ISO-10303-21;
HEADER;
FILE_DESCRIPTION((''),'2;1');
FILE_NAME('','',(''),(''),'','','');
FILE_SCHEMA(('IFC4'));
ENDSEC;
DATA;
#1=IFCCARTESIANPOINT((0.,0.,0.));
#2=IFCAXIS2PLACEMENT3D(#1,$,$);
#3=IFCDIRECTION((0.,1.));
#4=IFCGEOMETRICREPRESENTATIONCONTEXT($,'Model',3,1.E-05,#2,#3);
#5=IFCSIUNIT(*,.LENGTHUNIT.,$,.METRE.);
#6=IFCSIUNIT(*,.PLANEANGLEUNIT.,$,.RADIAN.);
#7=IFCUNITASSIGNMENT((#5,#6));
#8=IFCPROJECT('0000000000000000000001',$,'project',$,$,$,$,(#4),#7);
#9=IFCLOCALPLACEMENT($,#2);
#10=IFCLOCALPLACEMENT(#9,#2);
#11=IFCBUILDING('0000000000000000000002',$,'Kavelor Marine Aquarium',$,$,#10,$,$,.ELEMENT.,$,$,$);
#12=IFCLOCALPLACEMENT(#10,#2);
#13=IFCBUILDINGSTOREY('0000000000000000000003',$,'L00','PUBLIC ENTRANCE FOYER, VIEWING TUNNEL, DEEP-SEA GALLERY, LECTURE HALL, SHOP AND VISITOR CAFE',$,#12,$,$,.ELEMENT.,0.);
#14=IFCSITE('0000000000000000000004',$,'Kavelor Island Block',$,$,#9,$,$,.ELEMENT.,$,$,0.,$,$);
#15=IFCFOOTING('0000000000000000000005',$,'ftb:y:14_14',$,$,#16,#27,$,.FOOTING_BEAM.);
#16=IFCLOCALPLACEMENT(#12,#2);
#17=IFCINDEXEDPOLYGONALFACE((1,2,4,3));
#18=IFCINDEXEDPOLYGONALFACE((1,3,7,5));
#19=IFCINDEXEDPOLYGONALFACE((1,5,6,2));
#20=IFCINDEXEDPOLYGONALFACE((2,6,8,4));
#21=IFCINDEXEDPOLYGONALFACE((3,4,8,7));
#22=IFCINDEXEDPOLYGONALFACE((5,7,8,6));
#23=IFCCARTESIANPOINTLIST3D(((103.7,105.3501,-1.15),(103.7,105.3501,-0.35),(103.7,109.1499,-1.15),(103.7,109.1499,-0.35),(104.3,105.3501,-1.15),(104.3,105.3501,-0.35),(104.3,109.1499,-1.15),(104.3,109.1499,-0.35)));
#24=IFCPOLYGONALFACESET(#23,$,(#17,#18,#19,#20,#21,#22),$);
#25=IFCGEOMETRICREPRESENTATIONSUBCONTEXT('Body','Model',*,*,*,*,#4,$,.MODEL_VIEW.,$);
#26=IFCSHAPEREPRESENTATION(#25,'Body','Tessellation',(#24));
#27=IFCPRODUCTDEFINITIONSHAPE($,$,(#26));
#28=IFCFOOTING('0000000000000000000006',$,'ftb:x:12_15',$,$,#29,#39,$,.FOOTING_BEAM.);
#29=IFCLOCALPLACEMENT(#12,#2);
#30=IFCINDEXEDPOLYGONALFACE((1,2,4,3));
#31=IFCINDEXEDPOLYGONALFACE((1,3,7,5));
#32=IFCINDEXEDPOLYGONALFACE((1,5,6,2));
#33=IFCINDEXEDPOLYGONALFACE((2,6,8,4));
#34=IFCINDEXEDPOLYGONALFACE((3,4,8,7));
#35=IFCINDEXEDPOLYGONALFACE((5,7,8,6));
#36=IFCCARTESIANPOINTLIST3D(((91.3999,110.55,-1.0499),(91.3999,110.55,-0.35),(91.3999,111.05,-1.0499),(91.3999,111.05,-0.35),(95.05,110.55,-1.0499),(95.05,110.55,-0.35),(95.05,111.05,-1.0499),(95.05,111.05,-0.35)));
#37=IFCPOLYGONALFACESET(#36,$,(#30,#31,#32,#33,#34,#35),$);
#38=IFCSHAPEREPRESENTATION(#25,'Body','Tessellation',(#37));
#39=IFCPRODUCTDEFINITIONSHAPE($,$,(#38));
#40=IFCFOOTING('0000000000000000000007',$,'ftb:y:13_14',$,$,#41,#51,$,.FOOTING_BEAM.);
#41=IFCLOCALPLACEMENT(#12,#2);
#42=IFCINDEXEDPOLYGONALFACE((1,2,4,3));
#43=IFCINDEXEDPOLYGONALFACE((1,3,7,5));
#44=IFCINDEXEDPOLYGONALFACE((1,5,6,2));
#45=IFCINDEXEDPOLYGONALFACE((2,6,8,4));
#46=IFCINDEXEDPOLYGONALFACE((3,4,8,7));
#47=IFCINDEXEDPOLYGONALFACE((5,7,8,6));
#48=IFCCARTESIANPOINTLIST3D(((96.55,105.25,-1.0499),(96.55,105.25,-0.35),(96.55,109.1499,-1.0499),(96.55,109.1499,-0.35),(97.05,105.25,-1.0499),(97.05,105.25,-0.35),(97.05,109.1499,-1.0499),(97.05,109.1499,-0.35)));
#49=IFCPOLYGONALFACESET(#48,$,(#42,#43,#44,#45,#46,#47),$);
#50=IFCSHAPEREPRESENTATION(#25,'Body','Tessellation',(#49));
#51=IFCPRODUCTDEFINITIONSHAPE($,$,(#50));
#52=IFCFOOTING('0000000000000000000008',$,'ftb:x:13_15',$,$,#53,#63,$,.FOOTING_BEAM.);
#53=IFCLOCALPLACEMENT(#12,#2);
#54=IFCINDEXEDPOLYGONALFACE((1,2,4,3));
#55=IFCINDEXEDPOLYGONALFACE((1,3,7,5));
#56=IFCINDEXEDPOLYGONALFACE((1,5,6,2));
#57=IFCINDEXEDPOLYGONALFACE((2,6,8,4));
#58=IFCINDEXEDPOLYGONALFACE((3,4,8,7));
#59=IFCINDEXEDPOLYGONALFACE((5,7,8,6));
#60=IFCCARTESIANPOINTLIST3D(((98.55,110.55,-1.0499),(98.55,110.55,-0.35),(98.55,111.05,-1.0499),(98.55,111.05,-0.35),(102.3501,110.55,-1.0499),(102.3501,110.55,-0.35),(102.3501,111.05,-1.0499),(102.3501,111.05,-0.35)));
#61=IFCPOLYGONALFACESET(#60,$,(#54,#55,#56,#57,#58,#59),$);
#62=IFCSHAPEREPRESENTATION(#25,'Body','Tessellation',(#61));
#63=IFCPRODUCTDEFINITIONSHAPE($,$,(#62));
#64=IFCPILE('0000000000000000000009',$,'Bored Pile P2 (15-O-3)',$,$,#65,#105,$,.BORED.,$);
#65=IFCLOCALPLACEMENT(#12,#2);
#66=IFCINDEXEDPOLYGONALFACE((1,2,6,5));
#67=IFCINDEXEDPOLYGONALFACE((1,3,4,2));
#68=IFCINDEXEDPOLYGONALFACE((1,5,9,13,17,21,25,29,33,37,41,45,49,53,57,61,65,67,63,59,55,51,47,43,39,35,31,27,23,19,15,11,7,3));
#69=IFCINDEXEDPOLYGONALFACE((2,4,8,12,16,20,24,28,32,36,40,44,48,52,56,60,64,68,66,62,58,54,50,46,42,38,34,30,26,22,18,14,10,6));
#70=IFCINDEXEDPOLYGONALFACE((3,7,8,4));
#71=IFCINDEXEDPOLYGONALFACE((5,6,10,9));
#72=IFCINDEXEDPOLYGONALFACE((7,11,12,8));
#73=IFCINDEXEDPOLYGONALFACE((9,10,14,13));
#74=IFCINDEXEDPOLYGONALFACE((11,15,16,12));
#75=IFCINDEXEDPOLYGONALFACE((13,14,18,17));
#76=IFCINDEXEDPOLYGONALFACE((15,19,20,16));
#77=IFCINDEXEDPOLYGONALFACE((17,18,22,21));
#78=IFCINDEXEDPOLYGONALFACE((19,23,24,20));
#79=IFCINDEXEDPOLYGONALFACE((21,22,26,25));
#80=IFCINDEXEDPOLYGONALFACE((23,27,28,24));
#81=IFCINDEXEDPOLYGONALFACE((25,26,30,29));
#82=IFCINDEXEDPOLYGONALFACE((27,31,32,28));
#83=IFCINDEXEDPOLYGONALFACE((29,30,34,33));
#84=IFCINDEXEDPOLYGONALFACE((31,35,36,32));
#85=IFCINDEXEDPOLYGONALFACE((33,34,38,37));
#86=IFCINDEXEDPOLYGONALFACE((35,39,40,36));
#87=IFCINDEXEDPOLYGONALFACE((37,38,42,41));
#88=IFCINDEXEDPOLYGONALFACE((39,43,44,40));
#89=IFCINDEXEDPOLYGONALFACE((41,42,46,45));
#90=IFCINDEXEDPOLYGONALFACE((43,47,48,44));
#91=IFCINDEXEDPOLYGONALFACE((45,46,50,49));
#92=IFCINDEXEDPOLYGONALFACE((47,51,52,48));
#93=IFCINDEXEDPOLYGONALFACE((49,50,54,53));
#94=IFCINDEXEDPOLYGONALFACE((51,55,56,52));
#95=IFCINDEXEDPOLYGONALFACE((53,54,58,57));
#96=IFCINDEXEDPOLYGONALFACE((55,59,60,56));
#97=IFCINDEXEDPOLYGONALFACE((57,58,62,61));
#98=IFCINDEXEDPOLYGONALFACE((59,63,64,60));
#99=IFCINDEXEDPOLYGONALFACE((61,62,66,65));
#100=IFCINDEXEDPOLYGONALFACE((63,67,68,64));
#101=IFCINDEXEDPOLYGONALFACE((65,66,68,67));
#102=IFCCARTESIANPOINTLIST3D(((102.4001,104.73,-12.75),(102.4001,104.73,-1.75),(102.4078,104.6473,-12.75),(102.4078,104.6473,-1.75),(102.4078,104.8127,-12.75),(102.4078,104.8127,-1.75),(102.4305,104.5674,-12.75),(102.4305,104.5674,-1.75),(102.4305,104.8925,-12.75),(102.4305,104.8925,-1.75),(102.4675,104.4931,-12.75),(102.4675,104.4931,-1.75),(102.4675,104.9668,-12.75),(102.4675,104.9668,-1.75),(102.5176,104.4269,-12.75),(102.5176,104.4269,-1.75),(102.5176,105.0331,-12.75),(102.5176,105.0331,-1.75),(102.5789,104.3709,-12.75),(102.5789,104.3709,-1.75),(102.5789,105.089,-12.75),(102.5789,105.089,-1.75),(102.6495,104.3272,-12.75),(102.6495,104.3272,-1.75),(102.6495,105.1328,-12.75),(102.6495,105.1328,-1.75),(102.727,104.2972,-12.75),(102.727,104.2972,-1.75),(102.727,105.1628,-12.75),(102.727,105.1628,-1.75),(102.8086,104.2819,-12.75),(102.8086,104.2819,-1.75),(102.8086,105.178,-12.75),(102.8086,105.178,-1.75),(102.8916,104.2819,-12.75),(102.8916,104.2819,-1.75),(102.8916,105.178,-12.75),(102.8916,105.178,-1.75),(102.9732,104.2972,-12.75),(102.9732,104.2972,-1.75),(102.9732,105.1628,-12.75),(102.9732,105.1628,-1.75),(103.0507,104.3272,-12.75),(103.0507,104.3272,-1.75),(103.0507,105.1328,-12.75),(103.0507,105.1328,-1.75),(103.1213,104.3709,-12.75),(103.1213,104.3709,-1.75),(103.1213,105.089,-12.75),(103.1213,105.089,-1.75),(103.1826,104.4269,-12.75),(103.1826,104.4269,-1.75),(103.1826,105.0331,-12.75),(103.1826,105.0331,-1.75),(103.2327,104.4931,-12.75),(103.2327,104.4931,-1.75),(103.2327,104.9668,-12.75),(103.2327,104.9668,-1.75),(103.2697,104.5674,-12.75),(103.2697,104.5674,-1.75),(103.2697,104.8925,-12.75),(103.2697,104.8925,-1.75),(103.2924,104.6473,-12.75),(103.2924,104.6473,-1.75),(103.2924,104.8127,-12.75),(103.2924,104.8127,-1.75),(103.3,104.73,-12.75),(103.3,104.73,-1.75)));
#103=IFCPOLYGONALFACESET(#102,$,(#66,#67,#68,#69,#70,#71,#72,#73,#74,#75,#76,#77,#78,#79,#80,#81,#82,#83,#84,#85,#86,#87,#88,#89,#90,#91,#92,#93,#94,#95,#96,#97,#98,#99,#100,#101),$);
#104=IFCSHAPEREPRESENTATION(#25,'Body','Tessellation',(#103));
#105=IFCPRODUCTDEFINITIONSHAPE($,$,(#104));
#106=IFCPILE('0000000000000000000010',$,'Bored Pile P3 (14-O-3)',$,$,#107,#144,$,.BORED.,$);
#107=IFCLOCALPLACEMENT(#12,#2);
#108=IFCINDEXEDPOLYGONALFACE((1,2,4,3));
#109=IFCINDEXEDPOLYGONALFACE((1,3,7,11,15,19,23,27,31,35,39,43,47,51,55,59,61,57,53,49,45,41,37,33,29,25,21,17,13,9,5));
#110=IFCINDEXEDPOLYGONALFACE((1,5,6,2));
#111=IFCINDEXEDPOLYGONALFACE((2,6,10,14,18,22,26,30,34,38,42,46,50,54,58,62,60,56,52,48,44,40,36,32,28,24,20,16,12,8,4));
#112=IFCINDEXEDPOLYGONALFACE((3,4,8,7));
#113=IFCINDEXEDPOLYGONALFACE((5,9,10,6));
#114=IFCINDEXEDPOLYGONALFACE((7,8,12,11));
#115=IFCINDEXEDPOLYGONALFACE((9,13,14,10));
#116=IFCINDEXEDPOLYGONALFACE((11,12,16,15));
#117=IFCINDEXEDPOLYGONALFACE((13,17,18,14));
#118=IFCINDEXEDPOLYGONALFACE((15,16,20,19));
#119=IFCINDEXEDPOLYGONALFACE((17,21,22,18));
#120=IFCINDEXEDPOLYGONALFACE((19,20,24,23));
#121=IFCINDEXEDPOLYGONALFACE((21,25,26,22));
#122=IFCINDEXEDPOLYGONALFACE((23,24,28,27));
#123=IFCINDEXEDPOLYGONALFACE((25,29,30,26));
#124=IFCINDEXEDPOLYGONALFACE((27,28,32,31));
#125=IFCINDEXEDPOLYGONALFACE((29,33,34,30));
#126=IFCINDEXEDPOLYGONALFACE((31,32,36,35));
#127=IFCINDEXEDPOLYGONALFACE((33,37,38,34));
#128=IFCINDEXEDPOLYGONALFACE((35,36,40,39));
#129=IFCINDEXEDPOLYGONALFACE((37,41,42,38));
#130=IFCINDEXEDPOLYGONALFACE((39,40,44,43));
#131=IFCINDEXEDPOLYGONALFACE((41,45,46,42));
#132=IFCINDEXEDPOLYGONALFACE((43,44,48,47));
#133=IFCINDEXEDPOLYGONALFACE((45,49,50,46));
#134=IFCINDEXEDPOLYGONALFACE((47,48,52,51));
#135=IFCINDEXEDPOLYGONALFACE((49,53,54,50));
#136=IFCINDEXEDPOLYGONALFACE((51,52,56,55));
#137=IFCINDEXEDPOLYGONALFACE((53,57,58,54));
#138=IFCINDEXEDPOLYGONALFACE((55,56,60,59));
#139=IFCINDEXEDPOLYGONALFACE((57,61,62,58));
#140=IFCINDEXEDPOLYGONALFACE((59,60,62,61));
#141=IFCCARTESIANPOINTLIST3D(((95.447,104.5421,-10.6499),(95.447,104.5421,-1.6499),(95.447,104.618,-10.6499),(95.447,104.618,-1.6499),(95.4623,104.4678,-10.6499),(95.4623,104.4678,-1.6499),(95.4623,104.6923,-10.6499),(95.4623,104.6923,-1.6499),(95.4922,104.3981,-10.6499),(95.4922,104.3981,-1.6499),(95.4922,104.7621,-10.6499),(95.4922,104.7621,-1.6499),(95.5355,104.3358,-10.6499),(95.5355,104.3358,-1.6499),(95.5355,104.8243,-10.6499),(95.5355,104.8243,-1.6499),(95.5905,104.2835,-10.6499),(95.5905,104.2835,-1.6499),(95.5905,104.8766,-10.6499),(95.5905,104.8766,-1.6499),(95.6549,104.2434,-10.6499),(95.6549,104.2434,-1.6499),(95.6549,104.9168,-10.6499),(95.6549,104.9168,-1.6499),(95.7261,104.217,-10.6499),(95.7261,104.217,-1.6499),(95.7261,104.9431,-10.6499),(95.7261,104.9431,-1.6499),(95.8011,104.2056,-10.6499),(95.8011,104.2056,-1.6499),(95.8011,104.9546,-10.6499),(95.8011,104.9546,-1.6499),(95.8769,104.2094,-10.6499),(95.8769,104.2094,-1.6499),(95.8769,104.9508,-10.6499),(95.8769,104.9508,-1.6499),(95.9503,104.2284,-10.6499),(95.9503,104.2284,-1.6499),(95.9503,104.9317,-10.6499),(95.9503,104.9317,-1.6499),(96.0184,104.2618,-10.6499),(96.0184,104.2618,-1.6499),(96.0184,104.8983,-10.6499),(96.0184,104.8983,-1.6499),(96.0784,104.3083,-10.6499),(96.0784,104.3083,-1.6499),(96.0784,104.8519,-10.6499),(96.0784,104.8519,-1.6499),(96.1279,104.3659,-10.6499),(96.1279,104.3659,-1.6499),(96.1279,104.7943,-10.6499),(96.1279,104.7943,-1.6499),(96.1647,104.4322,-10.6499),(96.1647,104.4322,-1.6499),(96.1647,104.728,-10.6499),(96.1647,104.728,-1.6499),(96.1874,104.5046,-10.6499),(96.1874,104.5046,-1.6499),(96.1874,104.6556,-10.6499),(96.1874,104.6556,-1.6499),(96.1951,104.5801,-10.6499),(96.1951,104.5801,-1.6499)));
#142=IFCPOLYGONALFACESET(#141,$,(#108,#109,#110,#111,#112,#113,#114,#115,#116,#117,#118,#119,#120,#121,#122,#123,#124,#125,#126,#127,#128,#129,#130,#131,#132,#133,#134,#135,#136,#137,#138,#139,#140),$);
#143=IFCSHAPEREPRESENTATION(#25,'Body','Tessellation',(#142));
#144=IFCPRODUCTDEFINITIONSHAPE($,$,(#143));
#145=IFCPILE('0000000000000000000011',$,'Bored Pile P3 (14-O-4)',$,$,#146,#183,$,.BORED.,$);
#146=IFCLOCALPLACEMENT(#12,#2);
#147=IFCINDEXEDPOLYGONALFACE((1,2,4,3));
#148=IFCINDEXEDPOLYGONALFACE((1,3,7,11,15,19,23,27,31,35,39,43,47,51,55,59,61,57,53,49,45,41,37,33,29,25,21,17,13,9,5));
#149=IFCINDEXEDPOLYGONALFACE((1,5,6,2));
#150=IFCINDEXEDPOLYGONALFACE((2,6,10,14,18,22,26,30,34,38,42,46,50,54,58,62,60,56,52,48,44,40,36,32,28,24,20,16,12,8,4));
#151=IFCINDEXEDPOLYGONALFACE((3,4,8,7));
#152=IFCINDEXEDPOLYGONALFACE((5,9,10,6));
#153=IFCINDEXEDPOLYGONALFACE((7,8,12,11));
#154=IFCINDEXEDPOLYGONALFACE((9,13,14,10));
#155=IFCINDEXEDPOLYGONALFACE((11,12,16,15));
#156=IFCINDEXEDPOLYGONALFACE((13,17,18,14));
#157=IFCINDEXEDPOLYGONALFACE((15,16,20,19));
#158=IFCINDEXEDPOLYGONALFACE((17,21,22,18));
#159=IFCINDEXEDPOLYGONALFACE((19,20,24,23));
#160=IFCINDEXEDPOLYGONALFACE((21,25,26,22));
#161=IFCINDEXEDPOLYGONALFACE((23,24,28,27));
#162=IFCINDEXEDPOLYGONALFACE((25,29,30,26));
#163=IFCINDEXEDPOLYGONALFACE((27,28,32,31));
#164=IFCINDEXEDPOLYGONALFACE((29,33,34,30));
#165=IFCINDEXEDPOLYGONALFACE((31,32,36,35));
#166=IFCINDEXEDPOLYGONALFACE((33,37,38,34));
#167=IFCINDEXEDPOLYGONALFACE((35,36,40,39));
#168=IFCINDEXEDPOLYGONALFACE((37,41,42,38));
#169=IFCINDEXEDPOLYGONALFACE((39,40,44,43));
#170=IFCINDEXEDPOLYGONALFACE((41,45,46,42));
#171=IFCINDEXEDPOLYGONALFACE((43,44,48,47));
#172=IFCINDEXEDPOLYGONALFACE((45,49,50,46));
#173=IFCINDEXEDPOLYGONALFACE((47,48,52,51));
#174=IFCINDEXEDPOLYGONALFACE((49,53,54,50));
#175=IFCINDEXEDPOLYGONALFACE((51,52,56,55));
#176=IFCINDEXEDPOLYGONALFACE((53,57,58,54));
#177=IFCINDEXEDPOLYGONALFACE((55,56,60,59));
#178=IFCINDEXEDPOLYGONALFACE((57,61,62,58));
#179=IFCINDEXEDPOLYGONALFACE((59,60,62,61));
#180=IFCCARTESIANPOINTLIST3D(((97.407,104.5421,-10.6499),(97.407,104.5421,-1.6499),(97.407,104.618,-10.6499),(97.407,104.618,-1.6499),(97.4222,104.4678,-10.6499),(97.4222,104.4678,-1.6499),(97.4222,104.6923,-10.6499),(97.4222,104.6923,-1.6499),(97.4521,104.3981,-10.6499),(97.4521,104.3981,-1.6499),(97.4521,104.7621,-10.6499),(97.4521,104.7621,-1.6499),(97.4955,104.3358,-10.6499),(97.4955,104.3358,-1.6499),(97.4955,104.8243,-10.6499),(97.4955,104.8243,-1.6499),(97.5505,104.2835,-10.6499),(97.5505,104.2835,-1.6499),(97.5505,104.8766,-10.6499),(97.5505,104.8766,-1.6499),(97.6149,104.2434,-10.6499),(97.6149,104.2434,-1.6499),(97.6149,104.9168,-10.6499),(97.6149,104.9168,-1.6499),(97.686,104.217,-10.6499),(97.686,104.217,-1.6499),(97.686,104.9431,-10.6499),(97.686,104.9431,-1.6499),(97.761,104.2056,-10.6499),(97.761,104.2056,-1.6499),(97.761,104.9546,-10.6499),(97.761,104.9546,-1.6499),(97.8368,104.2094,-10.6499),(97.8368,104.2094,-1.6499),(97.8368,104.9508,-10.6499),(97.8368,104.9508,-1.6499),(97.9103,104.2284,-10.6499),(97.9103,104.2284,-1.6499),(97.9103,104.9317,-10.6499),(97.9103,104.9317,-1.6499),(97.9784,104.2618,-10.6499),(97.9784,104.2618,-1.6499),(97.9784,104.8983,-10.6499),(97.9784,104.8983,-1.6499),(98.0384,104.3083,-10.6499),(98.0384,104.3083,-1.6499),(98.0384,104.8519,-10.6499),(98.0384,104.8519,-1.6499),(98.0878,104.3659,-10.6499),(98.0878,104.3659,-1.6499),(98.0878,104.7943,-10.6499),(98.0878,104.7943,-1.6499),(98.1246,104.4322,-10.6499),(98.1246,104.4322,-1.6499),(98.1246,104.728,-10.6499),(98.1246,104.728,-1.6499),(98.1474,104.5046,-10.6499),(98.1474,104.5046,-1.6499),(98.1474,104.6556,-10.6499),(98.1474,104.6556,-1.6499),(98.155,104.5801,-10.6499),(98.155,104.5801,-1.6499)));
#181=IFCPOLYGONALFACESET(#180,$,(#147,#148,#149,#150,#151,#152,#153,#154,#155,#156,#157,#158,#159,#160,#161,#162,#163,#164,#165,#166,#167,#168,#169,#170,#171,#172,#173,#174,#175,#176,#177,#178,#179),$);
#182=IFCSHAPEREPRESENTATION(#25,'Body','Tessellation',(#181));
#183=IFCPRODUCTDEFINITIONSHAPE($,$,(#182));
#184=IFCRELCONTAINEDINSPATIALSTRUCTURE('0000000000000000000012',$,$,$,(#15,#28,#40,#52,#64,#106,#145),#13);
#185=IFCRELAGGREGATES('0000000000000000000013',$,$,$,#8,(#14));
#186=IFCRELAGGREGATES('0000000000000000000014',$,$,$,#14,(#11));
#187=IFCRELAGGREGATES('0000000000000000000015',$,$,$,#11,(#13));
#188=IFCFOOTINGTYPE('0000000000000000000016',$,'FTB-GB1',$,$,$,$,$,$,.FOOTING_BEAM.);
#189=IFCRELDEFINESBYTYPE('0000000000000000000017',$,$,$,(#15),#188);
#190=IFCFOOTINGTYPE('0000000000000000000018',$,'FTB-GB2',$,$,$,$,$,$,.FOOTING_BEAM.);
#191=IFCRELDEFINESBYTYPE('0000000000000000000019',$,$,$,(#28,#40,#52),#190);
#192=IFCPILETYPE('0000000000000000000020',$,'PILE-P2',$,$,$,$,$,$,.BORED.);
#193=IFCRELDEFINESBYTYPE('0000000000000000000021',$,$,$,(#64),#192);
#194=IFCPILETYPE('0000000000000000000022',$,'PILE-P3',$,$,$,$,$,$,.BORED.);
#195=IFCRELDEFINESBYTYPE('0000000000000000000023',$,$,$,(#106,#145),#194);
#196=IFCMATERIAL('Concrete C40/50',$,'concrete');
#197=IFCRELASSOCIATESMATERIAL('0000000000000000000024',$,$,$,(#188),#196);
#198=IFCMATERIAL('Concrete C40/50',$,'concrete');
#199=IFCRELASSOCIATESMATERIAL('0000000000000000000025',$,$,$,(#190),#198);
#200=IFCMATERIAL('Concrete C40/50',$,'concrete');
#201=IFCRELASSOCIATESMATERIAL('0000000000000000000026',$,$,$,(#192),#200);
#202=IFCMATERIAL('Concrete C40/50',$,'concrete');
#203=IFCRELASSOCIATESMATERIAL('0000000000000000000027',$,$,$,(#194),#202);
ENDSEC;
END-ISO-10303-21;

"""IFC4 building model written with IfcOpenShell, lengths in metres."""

from ifc_helpers import new_model, si_unit, direction, frame, origin, origin_2d, place, context, subcontext, project, spatial, rectangle, circle, extrude, material, material_profile, profile_set, type_object, element, save


model = new_model("IFC4")

# Units and contexts
model_context = context("Model", 3, precision=1e-05, world=origin(), true_north=direction((0.0, 1.0)))
body_context = subcontext(model_context, "Body", "Model", "MODEL_VIEW")
ifc_project = project(units=[si_unit("LENGTHUNIT", "METRE"), si_unit("PLANEANGLEUNIT", "RADIAN")], contexts=[model_context])

# Site, building, storey
site_placement = place(None, origin())
site = spatial("IfcSite", under=ifc_project, at=site_placement, Name="Kavelor Island Block", CompositionType="ELEMENT", RefElevation=0.0)
building_placement = place(site_placement, origin())
building = spatial("IfcBuilding", under=site, at=building_placement, Name="Kavelor Marine Aquarium", CompositionType="ELEMENT")
storey_placement = place(building_placement, origin())
storey = spatial("IfcBuildingStorey", under=building, at=storey_placement, Name="L00", Description="PUBLIC ENTRANCE FOYER, VIEWING TUNNEL, DEEP-SEA GALLERY, LECTURE HALL, SHOP AND VISITOR CAFE", CompositionType="ELEMENT", Elevation=0.0)

# Footings
ifc_material_1 = material(Name="Concrete C40/50", Category="concrete")
ifc_material_profile_1 = material_profile(ifc_material_1, rectangle(XDim=0.6001, YDim=0.8, at=origin_2d()), Name="GB 600x800")
ifc_profile_set_1 = profile_set([ifc_material_profile_1], Name="Concrete C40/50")
footing_type_1 = type_object("IfcFootingType", Name="FTB-GB1", PredefinedType="FOOTING_BEAM", material=ifc_profile_set_1)
footing_1_placement = place(storey_placement, frame((104.0, 105.3501, -0.75), z_axis=(0.0, 1.0, 0.0), x_axis=(-1.0, 0.0, 0.0)))
element("IfcFooting", 1, at=footing_1_placement, inside=storey, type_object=footing_type_1, Name="ftb:y:14_14", PredefinedType="FOOTING_BEAM", context=body_context, shape_type="SweptSolid", body=[
    extrude(rectangle(XDim=0.6001, YDim=0.8, at=origin_2d()), origin(), (0.0, 0.0, 1.0), 3.7998),
])
ifc_material_2 = material(Name="Concrete C40/50", Category="concrete")
ifc_material_profile_2 = material_profile(ifc_material_2, rectangle(XDim=0.5, YDim=0.7, at=origin_2d()), Name="GB 500x700")
ifc_profile_set_2 = profile_set([ifc_material_profile_2], Name="Concrete C40/50")
footing_type_2 = type_object("IfcFootingType", Name="FTB-GB2", PredefinedType="FOOTING_BEAM", material=ifc_profile_set_2)
footing_2_placement = place(storey_placement, frame((91.3999, 110.8, -0.7), z_axis=(1.0, 0.0, 0.0), x_axis=(0.0, 1.0, 0.0)))
element("IfcFooting", 2, at=footing_2_placement, inside=storey, type_object=footing_type_2, Name="ftb:x:12_15", PredefinedType="FOOTING_BEAM", context=body_context, shape_type="SweptSolid", body=[
    extrude(rectangle(XDim=0.5, YDim=0.7, at=origin_2d()), origin(), (0.0, 0.0, 1.0), 3.6501),
])
footing_3_placement = place(storey_placement, frame((96.8, 105.25, -0.7), z_axis=(0.0, 1.0, 0.0), x_axis=(-1.0, 0.0, 0.0)))
element("IfcFooting", 3, at=footing_3_placement, inside=storey, type_object=footing_type_2, Name="ftb:y:13_14", PredefinedType="FOOTING_BEAM", context=body_context, shape_type="SweptSolid", body=[
    extrude(rectangle(XDim=0.5, YDim=0.7, at=origin_2d()), origin(), (0.0, 0.0, 1.0), 3.8999),
])
footing_4_placement = place(storey_placement, frame((98.55, 110.8, -0.7), z_axis=(1.0, 0.0, 0.0), x_axis=(0.0, 1.0, 0.0)))
element("IfcFooting", 4, at=footing_4_placement, inside=storey, type_object=footing_type_2, Name="ftb:x:13_15", PredefinedType="FOOTING_BEAM", context=body_context, shape_type="SweptSolid", body=[
    extrude(rectangle(XDim=0.5, YDim=0.7, at=origin_2d()), origin(), (0.0, 0.0, 1.0), 3.8),
])

# Piles
ifc_material_3 = material(Name="Concrete C40/50", Category="concrete")
ifc_material_profile_3 = material_profile(ifc_material_3, circle(Radius=0.45, at=origin_2d()), Name="PILE D900")
ifc_profile_set_3 = profile_set([ifc_material_profile_3], Name="Concrete C40/50")
pile_type_1 = type_object("IfcPileType", Name="PILE-P2", PredefinedType="BORED", material=ifc_profile_set_3)
pile_placement = place(storey_placement, frame((102.8501, 104.73, -1.75), z_axis=(0.0, 0.0, -1.0), x_axis=(1.0, 0.0, 0.0)))
element("IfcPile", 5, at=pile_placement, inside=storey, type_object=pile_type_1, Name="Bored Pile P2 (15-O-3)", PredefinedType="BORED", context=body_context, shape_type="SweptSolid", body=[
    extrude(circle(Radius=0.45, at=origin_2d()), origin(), (0.0, 0.0, 1.0), 11.0),
])
ifc_material_4 = material(Name="Concrete C40/50", Category="concrete")
ifc_material_profile_4 = material_profile(ifc_material_4, circle(Radius=0.375, at=origin_2d()), Name="PILE D750")
ifc_profile_set_4 = profile_set([ifc_material_profile_4], Name="Concrete C40/50")
pile_type_2 = type_object("IfcPileType", Name="PILE-P3", PredefinedType="BORED", material=ifc_profile_set_4)
for number, where, z_axis, x_axis, name in (
    (6, (95.8201, 104.5801, -1.6499), (0.0, 0.0, -1.0), (1.0, 0.0, 0.0), "Bored Pile P3 (14-O-3)"),
    (7, (97.78, 104.5801, -1.6499), (0.0, 0.0, -1.0), (1.0, 0.0, 0.0), "Bored Pile P3 (14-O-4)"),
):
    element("IfcPile", number, at=place(storey_placement, frame(where, z_axis=z_axis, x_axis=x_axis)), inside=storey, type_object=pile_type_2, Name=name, PredefinedType="BORED", context=body_context, shape_type="SweptSolid", body=[
        extrude(circle(Radius=0.375, at=origin_2d()), origin(), (0.0, 0.0, 1.0), 9.0),
    ])

save(model, "model.ifc")
